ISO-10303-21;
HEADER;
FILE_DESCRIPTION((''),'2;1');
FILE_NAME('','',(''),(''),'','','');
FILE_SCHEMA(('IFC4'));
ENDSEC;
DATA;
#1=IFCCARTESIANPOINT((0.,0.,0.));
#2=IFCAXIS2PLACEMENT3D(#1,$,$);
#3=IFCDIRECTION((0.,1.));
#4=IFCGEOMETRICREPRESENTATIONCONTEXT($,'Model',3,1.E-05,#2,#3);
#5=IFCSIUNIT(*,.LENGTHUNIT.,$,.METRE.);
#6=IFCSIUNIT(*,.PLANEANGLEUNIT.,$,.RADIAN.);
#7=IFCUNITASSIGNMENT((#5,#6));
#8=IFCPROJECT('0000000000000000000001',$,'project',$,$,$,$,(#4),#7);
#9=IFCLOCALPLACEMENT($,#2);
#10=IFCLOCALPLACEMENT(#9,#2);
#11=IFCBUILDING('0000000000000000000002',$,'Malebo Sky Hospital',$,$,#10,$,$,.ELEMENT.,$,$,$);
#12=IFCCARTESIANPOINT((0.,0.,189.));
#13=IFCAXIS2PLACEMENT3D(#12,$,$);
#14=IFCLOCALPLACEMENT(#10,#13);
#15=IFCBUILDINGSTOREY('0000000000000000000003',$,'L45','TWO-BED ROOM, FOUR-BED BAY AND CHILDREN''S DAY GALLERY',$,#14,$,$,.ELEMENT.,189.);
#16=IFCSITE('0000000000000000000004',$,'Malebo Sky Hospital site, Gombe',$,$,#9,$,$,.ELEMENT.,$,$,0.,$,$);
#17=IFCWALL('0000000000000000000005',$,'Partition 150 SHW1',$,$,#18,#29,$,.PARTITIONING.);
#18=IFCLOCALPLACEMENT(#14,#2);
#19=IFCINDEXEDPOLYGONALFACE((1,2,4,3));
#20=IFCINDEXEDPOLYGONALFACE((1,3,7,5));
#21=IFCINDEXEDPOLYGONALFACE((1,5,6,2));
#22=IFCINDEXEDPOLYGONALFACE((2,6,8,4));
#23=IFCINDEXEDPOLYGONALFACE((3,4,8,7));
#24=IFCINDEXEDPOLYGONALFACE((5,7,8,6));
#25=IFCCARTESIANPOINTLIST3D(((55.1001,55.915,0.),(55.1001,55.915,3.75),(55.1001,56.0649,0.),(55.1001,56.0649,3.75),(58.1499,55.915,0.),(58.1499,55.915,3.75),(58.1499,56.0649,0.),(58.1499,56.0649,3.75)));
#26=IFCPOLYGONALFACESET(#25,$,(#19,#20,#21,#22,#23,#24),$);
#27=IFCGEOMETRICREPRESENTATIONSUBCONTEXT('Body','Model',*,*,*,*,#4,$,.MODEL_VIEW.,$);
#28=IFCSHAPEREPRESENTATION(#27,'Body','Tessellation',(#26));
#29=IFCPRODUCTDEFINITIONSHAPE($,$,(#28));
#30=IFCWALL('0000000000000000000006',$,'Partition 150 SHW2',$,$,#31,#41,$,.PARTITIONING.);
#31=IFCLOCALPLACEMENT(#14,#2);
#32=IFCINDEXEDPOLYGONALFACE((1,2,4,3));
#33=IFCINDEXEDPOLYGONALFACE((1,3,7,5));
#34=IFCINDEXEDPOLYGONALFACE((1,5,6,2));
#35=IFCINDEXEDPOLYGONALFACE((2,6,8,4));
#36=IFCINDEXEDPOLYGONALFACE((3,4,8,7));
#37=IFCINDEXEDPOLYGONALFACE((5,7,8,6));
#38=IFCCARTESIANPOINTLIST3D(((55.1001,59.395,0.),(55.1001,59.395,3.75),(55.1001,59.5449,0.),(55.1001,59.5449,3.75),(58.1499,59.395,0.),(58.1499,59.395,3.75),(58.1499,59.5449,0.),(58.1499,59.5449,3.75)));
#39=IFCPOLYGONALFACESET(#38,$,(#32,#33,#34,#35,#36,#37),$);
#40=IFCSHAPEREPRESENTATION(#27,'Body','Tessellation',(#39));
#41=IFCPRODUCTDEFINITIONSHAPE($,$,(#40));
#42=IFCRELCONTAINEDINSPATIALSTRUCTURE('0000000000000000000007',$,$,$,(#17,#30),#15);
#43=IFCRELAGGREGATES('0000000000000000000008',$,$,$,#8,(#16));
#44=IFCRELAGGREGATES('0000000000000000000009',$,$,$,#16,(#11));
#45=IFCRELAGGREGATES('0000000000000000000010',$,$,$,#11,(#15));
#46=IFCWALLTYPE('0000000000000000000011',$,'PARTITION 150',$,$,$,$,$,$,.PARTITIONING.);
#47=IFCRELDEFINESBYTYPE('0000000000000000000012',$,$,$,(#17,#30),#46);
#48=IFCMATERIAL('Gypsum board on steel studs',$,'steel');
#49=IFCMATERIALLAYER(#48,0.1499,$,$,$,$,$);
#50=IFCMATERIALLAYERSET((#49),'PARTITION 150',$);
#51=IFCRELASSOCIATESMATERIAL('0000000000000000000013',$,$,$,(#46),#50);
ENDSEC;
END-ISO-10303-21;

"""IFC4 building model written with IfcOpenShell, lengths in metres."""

from ifc_helpers import new_model, si_unit, direction, frame, frame_2d, origin, place, context, subcontext, project, spatial, rectangle, extrude, material, layer, layer_set, type_object, element, save


model = new_model("IFC4")

# Units and contexts
model_context = context("Model", 3, precision=1e-05, world=origin(), true_north=direction((0.0, 1.0)))
body_context = subcontext(model_context, "Body", "Model", "MODEL_VIEW")
ifc_project = project(units=[si_unit("LENGTHUNIT", "METRE"), si_unit("PLANEANGLEUNIT", "RADIAN")], contexts=[model_context])

# Site, building, storey
site_placement = place(None, origin())
site = spatial("IfcSite", under=ifc_project, at=site_placement, Name="Malebo Sky Hospital site, Gombe", CompositionType="ELEMENT", RefElevation=0.0)
building_placement = place(site_placement, origin())
building = spatial("IfcBuilding", under=site, at=building_placement, Name="Malebo Sky Hospital", CompositionType="ELEMENT")
storey_placement = place(building_placement, frame((0.0, 0.0, 189.0)))
storey = spatial("IfcBuildingStorey", under=building, at=storey_placement, Name="L45", Description="TWO-BED ROOM, FOUR-BED BAY AND CHILDREN'S DAY GALLERY", CompositionType="ELEMENT", Elevation=189.0)

# Shared definitions
ifc_material_1 = material(Name="Gypsum board on steel studs", Category="steel")

# Walls
ifc_layer_1 = layer(ifc_material_1, 0.1499)
ifc_layer_set_1 = layer_set([ifc_layer_1], Name="PARTITION 150")
wall_type_1 = type_object("IfcWallType", Name="PARTITION 150", PredefinedType="PARTITIONING", material=ifc_layer_set_1)
for number, where, z_axis, x_axis, name in (
    (1, (55.1001, 55.99, 0.0), (0.0, 0.0, 1.0), (1.0, 0.0, 0.0), "Partition 150 SHW1"),
    (2, (55.1001, 59.47, 0.0), (0.0, 0.0, 1.0), (1.0, 0.0, 0.0), "Partition 150 SHW2"),
):
    element("IfcWall", number, at=place(storey_placement, frame(where, z_axis=z_axis, x_axis=x_axis)), inside=storey, type_object=wall_type_1, Name=name, PredefinedType="PARTITIONING", context=body_context, shape_type="SweptSolid", body=[
        extrude(rectangle(XDim=3.0498, YDim=0.1499, at=frame_2d((1.5249, 0.0))), origin(), (0.0, 0.0, 1.0), 3.75),
    ])

save(model, "model.ifc")
